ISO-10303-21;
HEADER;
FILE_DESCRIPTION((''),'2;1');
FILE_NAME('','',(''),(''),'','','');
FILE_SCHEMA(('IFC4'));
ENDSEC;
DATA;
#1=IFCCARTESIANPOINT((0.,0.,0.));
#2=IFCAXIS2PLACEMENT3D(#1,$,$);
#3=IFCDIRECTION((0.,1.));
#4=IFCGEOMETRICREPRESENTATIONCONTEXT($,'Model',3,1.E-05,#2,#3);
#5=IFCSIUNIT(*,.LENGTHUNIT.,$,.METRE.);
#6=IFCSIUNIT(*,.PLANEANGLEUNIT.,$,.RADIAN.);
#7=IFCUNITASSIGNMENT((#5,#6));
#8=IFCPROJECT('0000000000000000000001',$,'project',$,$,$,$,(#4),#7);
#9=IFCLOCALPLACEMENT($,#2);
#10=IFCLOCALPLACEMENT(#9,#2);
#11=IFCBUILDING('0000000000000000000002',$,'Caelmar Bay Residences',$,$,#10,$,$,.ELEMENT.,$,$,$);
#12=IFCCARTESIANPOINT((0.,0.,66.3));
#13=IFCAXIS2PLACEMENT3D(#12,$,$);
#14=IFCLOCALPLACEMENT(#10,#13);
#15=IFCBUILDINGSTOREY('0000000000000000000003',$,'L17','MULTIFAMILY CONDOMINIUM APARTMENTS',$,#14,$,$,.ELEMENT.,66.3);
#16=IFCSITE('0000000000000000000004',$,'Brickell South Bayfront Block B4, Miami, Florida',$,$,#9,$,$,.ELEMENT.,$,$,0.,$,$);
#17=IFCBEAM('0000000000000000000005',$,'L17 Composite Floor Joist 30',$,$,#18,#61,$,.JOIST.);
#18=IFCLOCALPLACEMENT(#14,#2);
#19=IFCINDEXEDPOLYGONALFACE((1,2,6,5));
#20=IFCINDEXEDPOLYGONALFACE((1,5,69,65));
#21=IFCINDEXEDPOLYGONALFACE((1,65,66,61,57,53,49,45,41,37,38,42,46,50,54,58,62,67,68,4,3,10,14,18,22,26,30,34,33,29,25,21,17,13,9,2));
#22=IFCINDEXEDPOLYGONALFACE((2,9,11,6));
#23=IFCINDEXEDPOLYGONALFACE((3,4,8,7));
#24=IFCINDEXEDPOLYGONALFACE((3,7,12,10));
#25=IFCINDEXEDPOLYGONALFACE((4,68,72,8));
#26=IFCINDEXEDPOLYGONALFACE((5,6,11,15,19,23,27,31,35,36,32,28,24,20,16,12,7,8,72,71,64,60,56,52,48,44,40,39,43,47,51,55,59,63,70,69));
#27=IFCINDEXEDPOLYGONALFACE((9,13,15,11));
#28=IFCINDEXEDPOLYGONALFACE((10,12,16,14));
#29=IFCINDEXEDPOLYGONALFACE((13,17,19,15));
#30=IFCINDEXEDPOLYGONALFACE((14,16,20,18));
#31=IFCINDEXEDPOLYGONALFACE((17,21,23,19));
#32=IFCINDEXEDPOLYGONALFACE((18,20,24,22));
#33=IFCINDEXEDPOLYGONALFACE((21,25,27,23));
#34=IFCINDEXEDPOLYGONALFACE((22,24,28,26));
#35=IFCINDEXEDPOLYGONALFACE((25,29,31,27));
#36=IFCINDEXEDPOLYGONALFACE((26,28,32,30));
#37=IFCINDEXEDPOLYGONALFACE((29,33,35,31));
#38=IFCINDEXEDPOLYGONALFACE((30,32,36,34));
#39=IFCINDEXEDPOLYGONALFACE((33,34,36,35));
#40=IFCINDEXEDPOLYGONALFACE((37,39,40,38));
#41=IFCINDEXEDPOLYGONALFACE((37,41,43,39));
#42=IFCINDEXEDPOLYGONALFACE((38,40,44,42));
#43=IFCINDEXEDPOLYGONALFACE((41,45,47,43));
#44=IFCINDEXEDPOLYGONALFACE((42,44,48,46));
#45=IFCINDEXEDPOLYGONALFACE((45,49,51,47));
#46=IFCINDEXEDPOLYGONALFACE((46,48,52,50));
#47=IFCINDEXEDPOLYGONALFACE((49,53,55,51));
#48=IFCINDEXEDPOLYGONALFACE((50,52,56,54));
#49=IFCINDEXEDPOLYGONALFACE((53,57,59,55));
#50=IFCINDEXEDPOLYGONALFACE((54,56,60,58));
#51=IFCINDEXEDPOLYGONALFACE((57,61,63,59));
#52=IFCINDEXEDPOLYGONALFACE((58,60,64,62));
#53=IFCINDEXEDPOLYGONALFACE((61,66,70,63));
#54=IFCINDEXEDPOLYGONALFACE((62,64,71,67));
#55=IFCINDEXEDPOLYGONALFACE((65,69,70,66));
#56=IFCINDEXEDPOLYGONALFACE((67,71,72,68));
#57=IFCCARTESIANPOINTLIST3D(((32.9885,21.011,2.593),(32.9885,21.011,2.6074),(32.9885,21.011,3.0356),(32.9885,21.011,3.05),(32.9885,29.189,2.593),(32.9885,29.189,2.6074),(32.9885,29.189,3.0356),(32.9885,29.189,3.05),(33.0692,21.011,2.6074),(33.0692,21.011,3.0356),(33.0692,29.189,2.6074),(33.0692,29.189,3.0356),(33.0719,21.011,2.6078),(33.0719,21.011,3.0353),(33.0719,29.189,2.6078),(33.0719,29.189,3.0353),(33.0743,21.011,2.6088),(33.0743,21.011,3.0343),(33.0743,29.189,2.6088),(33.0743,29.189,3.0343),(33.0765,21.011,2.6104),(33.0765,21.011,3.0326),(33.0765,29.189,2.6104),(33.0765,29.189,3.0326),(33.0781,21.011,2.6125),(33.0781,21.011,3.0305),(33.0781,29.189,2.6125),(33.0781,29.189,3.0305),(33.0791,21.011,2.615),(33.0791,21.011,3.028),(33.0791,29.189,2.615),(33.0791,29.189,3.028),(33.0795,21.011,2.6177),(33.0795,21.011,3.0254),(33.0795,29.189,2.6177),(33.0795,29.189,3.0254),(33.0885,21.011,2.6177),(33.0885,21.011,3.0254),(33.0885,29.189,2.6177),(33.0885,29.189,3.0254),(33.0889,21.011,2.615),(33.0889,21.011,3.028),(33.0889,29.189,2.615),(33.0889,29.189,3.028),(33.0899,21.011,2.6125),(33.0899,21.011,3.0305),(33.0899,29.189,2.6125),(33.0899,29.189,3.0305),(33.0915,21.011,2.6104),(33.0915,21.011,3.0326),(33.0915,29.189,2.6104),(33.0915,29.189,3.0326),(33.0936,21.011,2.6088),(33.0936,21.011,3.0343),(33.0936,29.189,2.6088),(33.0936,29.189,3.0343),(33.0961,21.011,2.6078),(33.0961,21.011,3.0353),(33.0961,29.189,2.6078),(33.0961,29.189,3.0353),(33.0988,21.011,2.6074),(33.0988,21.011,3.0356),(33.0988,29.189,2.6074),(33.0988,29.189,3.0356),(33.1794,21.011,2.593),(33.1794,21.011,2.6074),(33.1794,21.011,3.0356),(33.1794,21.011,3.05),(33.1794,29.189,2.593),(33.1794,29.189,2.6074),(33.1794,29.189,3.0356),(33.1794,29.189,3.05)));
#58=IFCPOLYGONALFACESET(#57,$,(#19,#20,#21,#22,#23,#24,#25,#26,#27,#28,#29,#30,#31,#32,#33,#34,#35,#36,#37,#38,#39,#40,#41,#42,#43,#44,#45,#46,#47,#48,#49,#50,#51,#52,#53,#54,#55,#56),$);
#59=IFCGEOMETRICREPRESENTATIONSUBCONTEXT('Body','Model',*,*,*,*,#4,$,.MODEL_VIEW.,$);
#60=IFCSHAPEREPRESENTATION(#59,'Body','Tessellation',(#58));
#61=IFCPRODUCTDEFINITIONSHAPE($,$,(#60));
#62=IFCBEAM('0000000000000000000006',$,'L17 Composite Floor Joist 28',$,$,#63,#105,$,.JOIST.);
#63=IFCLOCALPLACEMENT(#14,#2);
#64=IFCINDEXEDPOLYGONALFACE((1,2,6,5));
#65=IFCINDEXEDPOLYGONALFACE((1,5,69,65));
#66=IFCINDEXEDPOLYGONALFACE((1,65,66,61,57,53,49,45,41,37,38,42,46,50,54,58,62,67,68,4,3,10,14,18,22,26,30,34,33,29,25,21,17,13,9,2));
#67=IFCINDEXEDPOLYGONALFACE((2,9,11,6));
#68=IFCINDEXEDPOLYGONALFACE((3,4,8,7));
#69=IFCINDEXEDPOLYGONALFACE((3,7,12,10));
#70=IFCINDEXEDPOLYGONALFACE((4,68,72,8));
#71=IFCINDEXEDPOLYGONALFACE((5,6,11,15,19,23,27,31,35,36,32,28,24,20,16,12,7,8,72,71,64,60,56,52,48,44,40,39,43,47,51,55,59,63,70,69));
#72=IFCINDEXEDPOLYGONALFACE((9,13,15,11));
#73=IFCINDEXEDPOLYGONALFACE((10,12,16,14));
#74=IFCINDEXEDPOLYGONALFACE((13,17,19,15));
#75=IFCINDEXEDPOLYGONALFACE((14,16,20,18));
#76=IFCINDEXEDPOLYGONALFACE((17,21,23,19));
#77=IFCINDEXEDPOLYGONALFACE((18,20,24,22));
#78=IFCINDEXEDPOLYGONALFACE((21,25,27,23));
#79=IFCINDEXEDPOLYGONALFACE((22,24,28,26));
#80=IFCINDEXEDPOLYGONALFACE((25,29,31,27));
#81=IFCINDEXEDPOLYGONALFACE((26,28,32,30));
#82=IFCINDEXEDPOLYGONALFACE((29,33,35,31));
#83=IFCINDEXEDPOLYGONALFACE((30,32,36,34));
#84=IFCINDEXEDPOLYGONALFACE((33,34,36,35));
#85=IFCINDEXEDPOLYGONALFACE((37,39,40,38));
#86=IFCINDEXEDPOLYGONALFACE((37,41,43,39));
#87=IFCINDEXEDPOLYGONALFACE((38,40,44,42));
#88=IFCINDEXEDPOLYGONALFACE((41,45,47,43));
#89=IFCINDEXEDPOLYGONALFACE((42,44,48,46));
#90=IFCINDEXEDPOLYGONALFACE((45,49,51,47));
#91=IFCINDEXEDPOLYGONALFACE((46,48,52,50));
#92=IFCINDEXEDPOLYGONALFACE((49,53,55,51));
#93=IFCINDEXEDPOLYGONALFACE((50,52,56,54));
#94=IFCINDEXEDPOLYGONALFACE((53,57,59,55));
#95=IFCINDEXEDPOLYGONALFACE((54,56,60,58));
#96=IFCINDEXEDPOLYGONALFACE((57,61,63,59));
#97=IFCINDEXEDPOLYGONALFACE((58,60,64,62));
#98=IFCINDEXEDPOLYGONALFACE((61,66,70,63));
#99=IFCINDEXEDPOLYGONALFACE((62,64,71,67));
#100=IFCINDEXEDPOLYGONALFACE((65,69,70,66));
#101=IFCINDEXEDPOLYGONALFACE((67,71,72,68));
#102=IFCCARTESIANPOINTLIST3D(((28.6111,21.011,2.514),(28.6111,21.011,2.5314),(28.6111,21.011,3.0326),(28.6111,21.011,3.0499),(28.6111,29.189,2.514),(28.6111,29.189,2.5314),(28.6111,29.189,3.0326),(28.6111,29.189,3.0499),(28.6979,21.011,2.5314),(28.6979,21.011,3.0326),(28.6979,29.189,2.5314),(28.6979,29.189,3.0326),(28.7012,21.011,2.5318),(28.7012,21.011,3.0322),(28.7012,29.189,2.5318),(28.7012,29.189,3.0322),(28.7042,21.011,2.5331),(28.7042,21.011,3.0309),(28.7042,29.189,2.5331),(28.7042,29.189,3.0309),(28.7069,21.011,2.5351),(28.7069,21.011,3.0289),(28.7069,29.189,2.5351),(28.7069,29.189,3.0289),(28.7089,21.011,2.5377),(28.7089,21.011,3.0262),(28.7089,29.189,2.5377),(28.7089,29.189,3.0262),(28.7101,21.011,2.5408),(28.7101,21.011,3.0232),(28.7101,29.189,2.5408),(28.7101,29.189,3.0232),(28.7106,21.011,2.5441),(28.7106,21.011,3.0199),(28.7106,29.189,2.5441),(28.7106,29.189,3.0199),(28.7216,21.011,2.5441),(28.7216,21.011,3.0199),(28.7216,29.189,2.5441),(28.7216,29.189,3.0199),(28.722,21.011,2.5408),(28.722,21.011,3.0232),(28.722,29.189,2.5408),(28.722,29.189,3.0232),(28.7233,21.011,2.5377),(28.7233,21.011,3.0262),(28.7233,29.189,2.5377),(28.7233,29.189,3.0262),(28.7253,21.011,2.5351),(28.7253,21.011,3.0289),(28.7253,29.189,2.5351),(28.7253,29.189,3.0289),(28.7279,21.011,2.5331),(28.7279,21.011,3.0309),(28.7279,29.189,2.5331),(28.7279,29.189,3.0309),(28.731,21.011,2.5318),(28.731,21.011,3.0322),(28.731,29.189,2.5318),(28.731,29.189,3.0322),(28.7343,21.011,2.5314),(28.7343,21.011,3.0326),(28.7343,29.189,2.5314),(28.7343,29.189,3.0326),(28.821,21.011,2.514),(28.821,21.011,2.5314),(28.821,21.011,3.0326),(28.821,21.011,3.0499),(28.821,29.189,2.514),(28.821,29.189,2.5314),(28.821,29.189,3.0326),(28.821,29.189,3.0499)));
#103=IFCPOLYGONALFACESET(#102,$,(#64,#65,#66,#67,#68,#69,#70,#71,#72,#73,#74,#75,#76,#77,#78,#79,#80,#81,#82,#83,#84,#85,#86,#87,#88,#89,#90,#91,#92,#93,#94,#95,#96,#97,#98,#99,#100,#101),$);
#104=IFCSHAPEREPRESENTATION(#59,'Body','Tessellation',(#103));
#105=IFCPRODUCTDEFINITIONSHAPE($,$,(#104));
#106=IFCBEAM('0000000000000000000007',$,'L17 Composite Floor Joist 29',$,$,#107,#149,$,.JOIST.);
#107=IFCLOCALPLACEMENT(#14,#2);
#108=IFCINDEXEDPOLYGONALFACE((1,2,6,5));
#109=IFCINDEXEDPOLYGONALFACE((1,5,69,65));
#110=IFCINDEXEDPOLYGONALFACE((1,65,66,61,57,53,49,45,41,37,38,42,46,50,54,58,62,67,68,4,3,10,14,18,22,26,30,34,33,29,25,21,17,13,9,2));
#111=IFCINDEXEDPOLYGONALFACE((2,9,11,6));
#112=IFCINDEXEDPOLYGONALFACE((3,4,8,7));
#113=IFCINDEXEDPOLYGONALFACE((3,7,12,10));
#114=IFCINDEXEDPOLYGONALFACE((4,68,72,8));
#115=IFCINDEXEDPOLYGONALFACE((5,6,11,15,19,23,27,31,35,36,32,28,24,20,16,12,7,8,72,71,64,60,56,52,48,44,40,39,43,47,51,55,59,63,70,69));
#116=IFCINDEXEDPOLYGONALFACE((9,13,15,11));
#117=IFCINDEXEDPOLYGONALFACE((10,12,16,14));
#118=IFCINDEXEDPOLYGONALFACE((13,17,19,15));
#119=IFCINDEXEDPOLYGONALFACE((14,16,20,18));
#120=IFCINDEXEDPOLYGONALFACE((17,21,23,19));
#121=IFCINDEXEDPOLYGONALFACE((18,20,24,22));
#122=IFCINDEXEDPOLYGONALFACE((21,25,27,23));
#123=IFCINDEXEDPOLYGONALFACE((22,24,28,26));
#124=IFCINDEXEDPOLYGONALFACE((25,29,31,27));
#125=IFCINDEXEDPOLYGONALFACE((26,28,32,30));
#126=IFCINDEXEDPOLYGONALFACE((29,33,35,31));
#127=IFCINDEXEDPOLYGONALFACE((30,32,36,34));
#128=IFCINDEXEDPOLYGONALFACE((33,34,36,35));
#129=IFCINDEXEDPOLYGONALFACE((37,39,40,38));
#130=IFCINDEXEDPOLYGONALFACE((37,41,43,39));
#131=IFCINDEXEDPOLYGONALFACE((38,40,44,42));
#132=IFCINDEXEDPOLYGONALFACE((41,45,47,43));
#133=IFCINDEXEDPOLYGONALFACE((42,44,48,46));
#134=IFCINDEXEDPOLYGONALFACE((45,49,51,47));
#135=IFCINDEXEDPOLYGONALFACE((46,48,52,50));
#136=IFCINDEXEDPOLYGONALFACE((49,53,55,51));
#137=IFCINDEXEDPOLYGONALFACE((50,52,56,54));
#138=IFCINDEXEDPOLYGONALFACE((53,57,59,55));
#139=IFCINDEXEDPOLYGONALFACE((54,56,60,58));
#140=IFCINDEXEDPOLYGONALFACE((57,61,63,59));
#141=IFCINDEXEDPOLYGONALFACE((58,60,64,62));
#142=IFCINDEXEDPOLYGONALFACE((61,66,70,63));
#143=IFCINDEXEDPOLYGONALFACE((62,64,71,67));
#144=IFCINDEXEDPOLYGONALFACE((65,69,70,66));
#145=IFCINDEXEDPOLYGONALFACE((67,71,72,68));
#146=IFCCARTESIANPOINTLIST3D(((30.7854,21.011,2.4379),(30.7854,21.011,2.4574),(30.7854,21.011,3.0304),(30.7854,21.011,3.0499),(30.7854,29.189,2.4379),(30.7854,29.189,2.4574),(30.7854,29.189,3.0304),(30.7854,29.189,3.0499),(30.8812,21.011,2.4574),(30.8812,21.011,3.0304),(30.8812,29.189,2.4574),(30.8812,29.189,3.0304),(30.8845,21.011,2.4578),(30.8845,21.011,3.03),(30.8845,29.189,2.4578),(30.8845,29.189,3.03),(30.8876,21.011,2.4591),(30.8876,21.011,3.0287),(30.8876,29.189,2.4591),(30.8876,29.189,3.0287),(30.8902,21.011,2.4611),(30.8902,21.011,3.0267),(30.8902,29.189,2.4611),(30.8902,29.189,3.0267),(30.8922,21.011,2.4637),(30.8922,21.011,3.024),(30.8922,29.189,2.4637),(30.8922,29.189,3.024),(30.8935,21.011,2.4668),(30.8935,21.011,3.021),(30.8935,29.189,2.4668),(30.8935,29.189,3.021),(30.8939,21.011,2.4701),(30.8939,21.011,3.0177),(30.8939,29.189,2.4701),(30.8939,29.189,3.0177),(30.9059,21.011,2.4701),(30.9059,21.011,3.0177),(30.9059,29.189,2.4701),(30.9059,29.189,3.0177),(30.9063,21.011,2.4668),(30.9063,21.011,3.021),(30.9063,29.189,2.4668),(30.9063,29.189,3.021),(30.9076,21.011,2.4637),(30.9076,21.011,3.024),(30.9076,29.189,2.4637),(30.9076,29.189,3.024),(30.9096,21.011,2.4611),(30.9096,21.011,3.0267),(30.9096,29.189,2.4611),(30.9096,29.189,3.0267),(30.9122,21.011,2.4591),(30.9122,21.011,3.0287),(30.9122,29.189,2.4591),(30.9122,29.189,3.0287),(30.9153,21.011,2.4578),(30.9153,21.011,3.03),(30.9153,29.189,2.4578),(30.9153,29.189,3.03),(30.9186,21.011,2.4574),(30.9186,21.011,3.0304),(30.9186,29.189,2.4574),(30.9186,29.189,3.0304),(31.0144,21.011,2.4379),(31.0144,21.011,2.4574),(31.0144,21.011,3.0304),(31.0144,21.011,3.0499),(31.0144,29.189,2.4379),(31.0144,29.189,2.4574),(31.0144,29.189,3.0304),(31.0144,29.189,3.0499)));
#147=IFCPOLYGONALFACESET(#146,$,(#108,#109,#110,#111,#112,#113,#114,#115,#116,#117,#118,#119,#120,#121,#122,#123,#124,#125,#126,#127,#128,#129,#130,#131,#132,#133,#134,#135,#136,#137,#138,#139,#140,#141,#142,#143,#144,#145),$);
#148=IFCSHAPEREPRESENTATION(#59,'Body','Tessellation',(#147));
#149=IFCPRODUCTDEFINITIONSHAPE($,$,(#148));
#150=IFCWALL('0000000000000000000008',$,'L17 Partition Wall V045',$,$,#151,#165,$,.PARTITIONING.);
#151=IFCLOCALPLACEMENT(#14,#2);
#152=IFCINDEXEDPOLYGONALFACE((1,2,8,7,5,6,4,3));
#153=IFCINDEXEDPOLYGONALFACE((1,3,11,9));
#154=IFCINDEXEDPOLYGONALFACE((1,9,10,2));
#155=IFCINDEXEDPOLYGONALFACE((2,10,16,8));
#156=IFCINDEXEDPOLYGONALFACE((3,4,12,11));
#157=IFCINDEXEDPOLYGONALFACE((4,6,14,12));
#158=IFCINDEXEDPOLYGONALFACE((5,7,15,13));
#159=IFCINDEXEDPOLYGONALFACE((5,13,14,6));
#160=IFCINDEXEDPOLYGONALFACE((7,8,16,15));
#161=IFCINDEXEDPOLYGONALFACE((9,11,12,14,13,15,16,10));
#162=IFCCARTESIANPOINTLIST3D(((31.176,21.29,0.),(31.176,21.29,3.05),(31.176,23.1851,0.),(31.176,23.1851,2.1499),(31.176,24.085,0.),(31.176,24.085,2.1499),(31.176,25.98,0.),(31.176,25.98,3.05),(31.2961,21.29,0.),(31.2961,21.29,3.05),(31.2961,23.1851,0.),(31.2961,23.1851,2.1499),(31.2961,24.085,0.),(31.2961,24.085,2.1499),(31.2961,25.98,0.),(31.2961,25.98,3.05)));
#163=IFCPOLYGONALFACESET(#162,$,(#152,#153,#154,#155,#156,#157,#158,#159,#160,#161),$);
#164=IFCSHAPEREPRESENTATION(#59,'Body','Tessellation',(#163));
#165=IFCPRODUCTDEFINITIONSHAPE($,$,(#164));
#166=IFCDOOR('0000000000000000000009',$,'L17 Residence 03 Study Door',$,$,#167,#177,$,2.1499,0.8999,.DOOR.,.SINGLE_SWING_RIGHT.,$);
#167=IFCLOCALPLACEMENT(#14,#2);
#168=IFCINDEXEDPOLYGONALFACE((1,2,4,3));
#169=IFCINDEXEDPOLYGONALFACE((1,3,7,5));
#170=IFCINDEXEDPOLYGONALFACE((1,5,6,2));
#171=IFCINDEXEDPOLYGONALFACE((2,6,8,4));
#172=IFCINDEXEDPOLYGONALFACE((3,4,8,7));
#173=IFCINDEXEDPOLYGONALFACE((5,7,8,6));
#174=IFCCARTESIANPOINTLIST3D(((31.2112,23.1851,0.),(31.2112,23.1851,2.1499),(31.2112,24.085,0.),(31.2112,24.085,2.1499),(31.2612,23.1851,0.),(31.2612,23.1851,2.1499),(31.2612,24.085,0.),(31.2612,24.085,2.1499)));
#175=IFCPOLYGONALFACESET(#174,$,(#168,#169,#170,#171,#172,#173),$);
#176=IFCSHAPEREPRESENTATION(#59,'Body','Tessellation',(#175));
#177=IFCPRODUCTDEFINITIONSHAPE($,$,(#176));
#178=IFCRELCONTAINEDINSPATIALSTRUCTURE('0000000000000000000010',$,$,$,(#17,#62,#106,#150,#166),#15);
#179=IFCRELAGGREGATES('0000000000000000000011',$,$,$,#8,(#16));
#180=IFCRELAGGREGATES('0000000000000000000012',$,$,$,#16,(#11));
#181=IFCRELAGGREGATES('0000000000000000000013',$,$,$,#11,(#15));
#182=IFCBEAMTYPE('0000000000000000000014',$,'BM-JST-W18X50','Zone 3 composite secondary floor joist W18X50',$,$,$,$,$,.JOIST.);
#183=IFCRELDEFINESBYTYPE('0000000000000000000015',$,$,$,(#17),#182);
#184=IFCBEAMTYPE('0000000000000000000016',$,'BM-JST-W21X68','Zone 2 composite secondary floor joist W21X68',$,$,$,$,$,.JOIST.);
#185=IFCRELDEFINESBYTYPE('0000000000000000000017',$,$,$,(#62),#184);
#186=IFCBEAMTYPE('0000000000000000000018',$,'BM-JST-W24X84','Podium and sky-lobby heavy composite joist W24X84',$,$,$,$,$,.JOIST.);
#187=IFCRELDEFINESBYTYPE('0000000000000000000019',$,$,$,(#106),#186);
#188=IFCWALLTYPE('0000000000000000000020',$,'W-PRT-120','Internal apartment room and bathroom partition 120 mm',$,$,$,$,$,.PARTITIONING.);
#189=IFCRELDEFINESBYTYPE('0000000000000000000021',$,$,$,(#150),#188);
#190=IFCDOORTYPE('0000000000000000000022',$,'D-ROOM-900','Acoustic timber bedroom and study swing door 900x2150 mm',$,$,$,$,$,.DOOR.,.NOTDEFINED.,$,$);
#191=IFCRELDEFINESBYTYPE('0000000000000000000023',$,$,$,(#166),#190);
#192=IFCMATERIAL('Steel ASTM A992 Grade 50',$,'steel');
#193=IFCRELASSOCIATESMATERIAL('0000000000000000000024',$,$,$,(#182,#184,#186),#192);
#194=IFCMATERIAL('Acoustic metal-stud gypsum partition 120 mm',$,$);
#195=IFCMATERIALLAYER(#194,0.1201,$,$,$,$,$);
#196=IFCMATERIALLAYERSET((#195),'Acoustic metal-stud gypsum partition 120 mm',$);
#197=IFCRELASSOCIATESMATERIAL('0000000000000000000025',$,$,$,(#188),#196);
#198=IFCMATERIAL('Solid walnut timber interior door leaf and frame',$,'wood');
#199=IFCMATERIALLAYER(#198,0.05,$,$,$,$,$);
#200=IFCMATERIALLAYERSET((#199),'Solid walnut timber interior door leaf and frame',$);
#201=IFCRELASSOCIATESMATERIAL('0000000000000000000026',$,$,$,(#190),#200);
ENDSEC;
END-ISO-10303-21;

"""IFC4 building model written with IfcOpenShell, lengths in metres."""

from ifc_helpers import new_model, si_unit, direction, frame, frame_2d, origin, origin_2d, place, context, subcontext, project, spatial, rectangle, i_section, extrude, material, layer, layer_set, material_profile, profile_set, type_object, element, fill, save


model = new_model("IFC4")

# Units and contexts
model_context = context("Model", 3, precision=1e-05, world=origin(), true_north=direction((0.0, 1.0)))
body_context = subcontext(model_context, "Body", "Model", "MODEL_VIEW")
ifc_project = project(units=[si_unit("LENGTHUNIT", "METRE"), si_unit("PLANEANGLEUNIT", "RADIAN")], contexts=[model_context])

# Site, building, storey
site_placement = place(None, origin())
site = spatial("IfcSite", under=ifc_project, at=site_placement, Name="Brickell South Bayfront Block B4, Miami, Florida", CompositionType="ELEMENT", RefElevation=0.0)
building_placement = place(site_placement, origin())
building = spatial("IfcBuilding", under=site, at=building_placement, Name="Caelmar Bay Residences", CompositionType="ELEMENT")
storey_placement = place(building_placement, frame((0.0, 0.0, 66.3)))
storey = spatial("IfcBuildingStorey", under=building, at=storey_placement, Name="L17", Description="MULTIFAMILY CONDOMINIUM APARTMENTS", CompositionType="ELEMENT", Elevation=66.3)

# Beams
ifc_material_1 = material(Name="Steel ASTM A992 Grade 50", Category="steel")
ifc_material_profile_1 = material_profile(ifc_material_1, i_section(OverallWidth=0.1909, OverallDepth=0.457, WebThickness=0.009, FlangeThickness=0.0144, FilletRadius=0.0103, at=origin_2d()), Name="W18X50")
ifc_profile_set_1 = profile_set([ifc_material_profile_1], Name="Steel ASTM A992 Grade 50")
beam_type_1 = type_object("IfcBeamType", Name="BM-JST-W18X50", Description="Zone 3 composite secondary floor joist W18X50", PredefinedType="JOIST", material=ifc_profile_set_1)
beam_1_placement = place(storey_placement, frame((33.084, 21.011, 2.8215), z_axis=(0.0, 1.0, 0.0), x_axis=(-1.0, 0.0, 0.0)))
element("IfcBeam", 1, at=beam_1_placement, inside=storey, type_object=beam_type_1, Name="L17 Composite Floor Joist 30", PredefinedType="JOIST", context=body_context, shape_type="SweptSolid", body=[
    extrude(i_section(OverallWidth=0.1909, OverallDepth=0.457, WebThickness=0.009, FlangeThickness=0.0144, FilletRadius=0.0103, at=origin_2d()), origin(), (0.0, 0.0, 1.0), 8.178),
])
ifc_material_profile_2 = material_profile(ifc_material_1, i_section(OverallWidth=0.21, OverallDepth=0.5359, WebThickness=0.011, FlangeThickness=0.0173, FilletRadius=0.0127, at=origin_2d()), Name="W21X68")
ifc_profile_set_2 = profile_set([ifc_material_profile_2], Name="Steel ASTM A992 Grade 50")
beam_type_2 = type_object("IfcBeamType", Name="BM-JST-W21X68", Description="Zone 2 composite secondary floor joist W21X68", PredefinedType="JOIST", material=ifc_profile_set_2)
beam_2_placement = place(storey_placement, frame((28.7161, 21.011, 2.782), z_axis=(0.0, 1.0, 0.0), x_axis=(-1.0, 0.0, 0.0)))
element("IfcBeam", 2, at=beam_2_placement, inside=storey, type_object=beam_type_2, Name="L17 Composite Floor Joist 28", PredefinedType="JOIST", context=body_context, shape_type="SweptSolid", body=[
    extrude(i_section(OverallWidth=0.21, OverallDepth=0.5359, WebThickness=0.011, FlangeThickness=0.0173, FilletRadius=0.0127, at=origin_2d()), origin(), (0.0, 0.0, 1.0), 8.178),
])
ifc_material_profile_3 = material_profile(ifc_material_1, i_section(OverallWidth=0.229, OverallDepth=0.6121, WebThickness=0.012, FlangeThickness=0.0195, FilletRadius=0.0127, at=origin_2d()), Name="W24X84")
ifc_profile_set_3 = profile_set([ifc_material_profile_3], Name="Steel ASTM A992 Grade 50")
beam_type_3 = type_object("IfcBeamType", Name="BM-JST-W24X84", Description="Podium and sky-lobby heavy composite joist W24X84", PredefinedType="JOIST", material=ifc_profile_set_3)
beam_3_placement = place(storey_placement, frame((30.8999, 21.011, 2.7439), z_axis=(0.0, 1.0, 0.0), x_axis=(-1.0, 0.0, 0.0)))
element("IfcBeam", 3, at=beam_3_placement, inside=storey, type_object=beam_type_3, Name="L17 Composite Floor Joist 29", PredefinedType="JOIST", context=body_context, shape_type="SweptSolid", body=[
    extrude(i_section(OverallWidth=0.229, OverallDepth=0.6121, WebThickness=0.012, FlangeThickness=0.0195, FilletRadius=0.0127, at=origin_2d()), origin(), (0.0, 0.0, 1.0), 8.178),
])

# Wall, opening, door
ifc_material_2 = material(Name="Acoustic metal-stud gypsum partition 120 mm")
ifc_layer_1 = layer(ifc_material_2, 0.1201)
ifc_layer_set_1 = layer_set([ifc_layer_1], Name="Acoustic metal-stud gypsum partition 120 mm")
wall_type_1 = type_object("IfcWallType", Name="W-PRT-120", Description="Internal apartment room and bathroom partition 120 mm", PredefinedType="PARTITIONING", material=ifc_layer_set_1)
wall_1_placement = place(storey_placement, frame((31.2361, 21.29, 0.0), z_axis=(0.0, 0.0, 1.0), x_axis=(0.0, 1.0, 0.0)))
wall_1 = element("IfcWall", 4, at=wall_1_placement, inside=storey, type_object=wall_type_1, Name="L17 Partition Wall V045", PredefinedType="PARTITIONING", context=body_context, shape_type="SweptSolid", body=[
    extrude(rectangle(XDim=4.6899, YDim=0.1201, at=frame_2d((2.345, 0.0))), origin(), (0.0, 0.0, 1.0), 3.05),
])
opening_1_placement = place(wall_1_placement, frame((1.895, 0.0, 0.0)))
opening_1 = element("IfcOpeningElement", 5, at=opening_1_placement, cuts=wall_1, PredefinedType="OPENING", context=body_context, shape_type="SweptSolid", body=[
    extrude(rectangle(XDim=0.8999, YDim=2.1499, at=frame_2d((0.45, 1.075))), frame((0.0, 0.0701, 0.0), z_axis=(0.0, -1.0, 0.0), x_axis=(1.0, 0.0, 0.0)), (0.0, 0.0, 1.0), 0.1401),
])
ifc_material_3 = material(Name="Solid walnut timber interior door leaf and frame", Category="wood")
ifc_layer_2 = layer(ifc_material_3, 0.05)
ifc_layer_set_2 = layer_set([ifc_layer_2], Name="Solid walnut timber interior door leaf and frame")
door_type_1 = type_object("IfcDoorType", Name="D-ROOM-900", Description="Acoustic timber bedroom and study swing door 900x2150 mm", OperationType="NOTDEFINED", PredefinedType="DOOR", material=ifc_layer_set_2)
door_1_placement = place(opening_1_placement, origin())
door_1 = element("IfcDoor", 6, at=door_1_placement, inside=storey, type_object=door_type_1, Name="L17 Residence 03 Study Door", OperationType="SINGLE_SWING_RIGHT", OverallHeight=2.1499, OverallWidth=0.8999, PredefinedType="DOOR", context=body_context, shape_type="SweptSolid", body=[
    extrude(rectangle(XDim=0.8999, YDim=2.1499, at=frame_2d((0.45, 1.075))), frame((0.0, 0.0249, 0.0), z_axis=(0.0, -1.0, 0.0), x_axis=(1.0, 0.0, 0.0)), (0.0, 0.0, 1.0), 0.05),
])
fill(opening_1, door_1)

save(model, "model.ifc")
